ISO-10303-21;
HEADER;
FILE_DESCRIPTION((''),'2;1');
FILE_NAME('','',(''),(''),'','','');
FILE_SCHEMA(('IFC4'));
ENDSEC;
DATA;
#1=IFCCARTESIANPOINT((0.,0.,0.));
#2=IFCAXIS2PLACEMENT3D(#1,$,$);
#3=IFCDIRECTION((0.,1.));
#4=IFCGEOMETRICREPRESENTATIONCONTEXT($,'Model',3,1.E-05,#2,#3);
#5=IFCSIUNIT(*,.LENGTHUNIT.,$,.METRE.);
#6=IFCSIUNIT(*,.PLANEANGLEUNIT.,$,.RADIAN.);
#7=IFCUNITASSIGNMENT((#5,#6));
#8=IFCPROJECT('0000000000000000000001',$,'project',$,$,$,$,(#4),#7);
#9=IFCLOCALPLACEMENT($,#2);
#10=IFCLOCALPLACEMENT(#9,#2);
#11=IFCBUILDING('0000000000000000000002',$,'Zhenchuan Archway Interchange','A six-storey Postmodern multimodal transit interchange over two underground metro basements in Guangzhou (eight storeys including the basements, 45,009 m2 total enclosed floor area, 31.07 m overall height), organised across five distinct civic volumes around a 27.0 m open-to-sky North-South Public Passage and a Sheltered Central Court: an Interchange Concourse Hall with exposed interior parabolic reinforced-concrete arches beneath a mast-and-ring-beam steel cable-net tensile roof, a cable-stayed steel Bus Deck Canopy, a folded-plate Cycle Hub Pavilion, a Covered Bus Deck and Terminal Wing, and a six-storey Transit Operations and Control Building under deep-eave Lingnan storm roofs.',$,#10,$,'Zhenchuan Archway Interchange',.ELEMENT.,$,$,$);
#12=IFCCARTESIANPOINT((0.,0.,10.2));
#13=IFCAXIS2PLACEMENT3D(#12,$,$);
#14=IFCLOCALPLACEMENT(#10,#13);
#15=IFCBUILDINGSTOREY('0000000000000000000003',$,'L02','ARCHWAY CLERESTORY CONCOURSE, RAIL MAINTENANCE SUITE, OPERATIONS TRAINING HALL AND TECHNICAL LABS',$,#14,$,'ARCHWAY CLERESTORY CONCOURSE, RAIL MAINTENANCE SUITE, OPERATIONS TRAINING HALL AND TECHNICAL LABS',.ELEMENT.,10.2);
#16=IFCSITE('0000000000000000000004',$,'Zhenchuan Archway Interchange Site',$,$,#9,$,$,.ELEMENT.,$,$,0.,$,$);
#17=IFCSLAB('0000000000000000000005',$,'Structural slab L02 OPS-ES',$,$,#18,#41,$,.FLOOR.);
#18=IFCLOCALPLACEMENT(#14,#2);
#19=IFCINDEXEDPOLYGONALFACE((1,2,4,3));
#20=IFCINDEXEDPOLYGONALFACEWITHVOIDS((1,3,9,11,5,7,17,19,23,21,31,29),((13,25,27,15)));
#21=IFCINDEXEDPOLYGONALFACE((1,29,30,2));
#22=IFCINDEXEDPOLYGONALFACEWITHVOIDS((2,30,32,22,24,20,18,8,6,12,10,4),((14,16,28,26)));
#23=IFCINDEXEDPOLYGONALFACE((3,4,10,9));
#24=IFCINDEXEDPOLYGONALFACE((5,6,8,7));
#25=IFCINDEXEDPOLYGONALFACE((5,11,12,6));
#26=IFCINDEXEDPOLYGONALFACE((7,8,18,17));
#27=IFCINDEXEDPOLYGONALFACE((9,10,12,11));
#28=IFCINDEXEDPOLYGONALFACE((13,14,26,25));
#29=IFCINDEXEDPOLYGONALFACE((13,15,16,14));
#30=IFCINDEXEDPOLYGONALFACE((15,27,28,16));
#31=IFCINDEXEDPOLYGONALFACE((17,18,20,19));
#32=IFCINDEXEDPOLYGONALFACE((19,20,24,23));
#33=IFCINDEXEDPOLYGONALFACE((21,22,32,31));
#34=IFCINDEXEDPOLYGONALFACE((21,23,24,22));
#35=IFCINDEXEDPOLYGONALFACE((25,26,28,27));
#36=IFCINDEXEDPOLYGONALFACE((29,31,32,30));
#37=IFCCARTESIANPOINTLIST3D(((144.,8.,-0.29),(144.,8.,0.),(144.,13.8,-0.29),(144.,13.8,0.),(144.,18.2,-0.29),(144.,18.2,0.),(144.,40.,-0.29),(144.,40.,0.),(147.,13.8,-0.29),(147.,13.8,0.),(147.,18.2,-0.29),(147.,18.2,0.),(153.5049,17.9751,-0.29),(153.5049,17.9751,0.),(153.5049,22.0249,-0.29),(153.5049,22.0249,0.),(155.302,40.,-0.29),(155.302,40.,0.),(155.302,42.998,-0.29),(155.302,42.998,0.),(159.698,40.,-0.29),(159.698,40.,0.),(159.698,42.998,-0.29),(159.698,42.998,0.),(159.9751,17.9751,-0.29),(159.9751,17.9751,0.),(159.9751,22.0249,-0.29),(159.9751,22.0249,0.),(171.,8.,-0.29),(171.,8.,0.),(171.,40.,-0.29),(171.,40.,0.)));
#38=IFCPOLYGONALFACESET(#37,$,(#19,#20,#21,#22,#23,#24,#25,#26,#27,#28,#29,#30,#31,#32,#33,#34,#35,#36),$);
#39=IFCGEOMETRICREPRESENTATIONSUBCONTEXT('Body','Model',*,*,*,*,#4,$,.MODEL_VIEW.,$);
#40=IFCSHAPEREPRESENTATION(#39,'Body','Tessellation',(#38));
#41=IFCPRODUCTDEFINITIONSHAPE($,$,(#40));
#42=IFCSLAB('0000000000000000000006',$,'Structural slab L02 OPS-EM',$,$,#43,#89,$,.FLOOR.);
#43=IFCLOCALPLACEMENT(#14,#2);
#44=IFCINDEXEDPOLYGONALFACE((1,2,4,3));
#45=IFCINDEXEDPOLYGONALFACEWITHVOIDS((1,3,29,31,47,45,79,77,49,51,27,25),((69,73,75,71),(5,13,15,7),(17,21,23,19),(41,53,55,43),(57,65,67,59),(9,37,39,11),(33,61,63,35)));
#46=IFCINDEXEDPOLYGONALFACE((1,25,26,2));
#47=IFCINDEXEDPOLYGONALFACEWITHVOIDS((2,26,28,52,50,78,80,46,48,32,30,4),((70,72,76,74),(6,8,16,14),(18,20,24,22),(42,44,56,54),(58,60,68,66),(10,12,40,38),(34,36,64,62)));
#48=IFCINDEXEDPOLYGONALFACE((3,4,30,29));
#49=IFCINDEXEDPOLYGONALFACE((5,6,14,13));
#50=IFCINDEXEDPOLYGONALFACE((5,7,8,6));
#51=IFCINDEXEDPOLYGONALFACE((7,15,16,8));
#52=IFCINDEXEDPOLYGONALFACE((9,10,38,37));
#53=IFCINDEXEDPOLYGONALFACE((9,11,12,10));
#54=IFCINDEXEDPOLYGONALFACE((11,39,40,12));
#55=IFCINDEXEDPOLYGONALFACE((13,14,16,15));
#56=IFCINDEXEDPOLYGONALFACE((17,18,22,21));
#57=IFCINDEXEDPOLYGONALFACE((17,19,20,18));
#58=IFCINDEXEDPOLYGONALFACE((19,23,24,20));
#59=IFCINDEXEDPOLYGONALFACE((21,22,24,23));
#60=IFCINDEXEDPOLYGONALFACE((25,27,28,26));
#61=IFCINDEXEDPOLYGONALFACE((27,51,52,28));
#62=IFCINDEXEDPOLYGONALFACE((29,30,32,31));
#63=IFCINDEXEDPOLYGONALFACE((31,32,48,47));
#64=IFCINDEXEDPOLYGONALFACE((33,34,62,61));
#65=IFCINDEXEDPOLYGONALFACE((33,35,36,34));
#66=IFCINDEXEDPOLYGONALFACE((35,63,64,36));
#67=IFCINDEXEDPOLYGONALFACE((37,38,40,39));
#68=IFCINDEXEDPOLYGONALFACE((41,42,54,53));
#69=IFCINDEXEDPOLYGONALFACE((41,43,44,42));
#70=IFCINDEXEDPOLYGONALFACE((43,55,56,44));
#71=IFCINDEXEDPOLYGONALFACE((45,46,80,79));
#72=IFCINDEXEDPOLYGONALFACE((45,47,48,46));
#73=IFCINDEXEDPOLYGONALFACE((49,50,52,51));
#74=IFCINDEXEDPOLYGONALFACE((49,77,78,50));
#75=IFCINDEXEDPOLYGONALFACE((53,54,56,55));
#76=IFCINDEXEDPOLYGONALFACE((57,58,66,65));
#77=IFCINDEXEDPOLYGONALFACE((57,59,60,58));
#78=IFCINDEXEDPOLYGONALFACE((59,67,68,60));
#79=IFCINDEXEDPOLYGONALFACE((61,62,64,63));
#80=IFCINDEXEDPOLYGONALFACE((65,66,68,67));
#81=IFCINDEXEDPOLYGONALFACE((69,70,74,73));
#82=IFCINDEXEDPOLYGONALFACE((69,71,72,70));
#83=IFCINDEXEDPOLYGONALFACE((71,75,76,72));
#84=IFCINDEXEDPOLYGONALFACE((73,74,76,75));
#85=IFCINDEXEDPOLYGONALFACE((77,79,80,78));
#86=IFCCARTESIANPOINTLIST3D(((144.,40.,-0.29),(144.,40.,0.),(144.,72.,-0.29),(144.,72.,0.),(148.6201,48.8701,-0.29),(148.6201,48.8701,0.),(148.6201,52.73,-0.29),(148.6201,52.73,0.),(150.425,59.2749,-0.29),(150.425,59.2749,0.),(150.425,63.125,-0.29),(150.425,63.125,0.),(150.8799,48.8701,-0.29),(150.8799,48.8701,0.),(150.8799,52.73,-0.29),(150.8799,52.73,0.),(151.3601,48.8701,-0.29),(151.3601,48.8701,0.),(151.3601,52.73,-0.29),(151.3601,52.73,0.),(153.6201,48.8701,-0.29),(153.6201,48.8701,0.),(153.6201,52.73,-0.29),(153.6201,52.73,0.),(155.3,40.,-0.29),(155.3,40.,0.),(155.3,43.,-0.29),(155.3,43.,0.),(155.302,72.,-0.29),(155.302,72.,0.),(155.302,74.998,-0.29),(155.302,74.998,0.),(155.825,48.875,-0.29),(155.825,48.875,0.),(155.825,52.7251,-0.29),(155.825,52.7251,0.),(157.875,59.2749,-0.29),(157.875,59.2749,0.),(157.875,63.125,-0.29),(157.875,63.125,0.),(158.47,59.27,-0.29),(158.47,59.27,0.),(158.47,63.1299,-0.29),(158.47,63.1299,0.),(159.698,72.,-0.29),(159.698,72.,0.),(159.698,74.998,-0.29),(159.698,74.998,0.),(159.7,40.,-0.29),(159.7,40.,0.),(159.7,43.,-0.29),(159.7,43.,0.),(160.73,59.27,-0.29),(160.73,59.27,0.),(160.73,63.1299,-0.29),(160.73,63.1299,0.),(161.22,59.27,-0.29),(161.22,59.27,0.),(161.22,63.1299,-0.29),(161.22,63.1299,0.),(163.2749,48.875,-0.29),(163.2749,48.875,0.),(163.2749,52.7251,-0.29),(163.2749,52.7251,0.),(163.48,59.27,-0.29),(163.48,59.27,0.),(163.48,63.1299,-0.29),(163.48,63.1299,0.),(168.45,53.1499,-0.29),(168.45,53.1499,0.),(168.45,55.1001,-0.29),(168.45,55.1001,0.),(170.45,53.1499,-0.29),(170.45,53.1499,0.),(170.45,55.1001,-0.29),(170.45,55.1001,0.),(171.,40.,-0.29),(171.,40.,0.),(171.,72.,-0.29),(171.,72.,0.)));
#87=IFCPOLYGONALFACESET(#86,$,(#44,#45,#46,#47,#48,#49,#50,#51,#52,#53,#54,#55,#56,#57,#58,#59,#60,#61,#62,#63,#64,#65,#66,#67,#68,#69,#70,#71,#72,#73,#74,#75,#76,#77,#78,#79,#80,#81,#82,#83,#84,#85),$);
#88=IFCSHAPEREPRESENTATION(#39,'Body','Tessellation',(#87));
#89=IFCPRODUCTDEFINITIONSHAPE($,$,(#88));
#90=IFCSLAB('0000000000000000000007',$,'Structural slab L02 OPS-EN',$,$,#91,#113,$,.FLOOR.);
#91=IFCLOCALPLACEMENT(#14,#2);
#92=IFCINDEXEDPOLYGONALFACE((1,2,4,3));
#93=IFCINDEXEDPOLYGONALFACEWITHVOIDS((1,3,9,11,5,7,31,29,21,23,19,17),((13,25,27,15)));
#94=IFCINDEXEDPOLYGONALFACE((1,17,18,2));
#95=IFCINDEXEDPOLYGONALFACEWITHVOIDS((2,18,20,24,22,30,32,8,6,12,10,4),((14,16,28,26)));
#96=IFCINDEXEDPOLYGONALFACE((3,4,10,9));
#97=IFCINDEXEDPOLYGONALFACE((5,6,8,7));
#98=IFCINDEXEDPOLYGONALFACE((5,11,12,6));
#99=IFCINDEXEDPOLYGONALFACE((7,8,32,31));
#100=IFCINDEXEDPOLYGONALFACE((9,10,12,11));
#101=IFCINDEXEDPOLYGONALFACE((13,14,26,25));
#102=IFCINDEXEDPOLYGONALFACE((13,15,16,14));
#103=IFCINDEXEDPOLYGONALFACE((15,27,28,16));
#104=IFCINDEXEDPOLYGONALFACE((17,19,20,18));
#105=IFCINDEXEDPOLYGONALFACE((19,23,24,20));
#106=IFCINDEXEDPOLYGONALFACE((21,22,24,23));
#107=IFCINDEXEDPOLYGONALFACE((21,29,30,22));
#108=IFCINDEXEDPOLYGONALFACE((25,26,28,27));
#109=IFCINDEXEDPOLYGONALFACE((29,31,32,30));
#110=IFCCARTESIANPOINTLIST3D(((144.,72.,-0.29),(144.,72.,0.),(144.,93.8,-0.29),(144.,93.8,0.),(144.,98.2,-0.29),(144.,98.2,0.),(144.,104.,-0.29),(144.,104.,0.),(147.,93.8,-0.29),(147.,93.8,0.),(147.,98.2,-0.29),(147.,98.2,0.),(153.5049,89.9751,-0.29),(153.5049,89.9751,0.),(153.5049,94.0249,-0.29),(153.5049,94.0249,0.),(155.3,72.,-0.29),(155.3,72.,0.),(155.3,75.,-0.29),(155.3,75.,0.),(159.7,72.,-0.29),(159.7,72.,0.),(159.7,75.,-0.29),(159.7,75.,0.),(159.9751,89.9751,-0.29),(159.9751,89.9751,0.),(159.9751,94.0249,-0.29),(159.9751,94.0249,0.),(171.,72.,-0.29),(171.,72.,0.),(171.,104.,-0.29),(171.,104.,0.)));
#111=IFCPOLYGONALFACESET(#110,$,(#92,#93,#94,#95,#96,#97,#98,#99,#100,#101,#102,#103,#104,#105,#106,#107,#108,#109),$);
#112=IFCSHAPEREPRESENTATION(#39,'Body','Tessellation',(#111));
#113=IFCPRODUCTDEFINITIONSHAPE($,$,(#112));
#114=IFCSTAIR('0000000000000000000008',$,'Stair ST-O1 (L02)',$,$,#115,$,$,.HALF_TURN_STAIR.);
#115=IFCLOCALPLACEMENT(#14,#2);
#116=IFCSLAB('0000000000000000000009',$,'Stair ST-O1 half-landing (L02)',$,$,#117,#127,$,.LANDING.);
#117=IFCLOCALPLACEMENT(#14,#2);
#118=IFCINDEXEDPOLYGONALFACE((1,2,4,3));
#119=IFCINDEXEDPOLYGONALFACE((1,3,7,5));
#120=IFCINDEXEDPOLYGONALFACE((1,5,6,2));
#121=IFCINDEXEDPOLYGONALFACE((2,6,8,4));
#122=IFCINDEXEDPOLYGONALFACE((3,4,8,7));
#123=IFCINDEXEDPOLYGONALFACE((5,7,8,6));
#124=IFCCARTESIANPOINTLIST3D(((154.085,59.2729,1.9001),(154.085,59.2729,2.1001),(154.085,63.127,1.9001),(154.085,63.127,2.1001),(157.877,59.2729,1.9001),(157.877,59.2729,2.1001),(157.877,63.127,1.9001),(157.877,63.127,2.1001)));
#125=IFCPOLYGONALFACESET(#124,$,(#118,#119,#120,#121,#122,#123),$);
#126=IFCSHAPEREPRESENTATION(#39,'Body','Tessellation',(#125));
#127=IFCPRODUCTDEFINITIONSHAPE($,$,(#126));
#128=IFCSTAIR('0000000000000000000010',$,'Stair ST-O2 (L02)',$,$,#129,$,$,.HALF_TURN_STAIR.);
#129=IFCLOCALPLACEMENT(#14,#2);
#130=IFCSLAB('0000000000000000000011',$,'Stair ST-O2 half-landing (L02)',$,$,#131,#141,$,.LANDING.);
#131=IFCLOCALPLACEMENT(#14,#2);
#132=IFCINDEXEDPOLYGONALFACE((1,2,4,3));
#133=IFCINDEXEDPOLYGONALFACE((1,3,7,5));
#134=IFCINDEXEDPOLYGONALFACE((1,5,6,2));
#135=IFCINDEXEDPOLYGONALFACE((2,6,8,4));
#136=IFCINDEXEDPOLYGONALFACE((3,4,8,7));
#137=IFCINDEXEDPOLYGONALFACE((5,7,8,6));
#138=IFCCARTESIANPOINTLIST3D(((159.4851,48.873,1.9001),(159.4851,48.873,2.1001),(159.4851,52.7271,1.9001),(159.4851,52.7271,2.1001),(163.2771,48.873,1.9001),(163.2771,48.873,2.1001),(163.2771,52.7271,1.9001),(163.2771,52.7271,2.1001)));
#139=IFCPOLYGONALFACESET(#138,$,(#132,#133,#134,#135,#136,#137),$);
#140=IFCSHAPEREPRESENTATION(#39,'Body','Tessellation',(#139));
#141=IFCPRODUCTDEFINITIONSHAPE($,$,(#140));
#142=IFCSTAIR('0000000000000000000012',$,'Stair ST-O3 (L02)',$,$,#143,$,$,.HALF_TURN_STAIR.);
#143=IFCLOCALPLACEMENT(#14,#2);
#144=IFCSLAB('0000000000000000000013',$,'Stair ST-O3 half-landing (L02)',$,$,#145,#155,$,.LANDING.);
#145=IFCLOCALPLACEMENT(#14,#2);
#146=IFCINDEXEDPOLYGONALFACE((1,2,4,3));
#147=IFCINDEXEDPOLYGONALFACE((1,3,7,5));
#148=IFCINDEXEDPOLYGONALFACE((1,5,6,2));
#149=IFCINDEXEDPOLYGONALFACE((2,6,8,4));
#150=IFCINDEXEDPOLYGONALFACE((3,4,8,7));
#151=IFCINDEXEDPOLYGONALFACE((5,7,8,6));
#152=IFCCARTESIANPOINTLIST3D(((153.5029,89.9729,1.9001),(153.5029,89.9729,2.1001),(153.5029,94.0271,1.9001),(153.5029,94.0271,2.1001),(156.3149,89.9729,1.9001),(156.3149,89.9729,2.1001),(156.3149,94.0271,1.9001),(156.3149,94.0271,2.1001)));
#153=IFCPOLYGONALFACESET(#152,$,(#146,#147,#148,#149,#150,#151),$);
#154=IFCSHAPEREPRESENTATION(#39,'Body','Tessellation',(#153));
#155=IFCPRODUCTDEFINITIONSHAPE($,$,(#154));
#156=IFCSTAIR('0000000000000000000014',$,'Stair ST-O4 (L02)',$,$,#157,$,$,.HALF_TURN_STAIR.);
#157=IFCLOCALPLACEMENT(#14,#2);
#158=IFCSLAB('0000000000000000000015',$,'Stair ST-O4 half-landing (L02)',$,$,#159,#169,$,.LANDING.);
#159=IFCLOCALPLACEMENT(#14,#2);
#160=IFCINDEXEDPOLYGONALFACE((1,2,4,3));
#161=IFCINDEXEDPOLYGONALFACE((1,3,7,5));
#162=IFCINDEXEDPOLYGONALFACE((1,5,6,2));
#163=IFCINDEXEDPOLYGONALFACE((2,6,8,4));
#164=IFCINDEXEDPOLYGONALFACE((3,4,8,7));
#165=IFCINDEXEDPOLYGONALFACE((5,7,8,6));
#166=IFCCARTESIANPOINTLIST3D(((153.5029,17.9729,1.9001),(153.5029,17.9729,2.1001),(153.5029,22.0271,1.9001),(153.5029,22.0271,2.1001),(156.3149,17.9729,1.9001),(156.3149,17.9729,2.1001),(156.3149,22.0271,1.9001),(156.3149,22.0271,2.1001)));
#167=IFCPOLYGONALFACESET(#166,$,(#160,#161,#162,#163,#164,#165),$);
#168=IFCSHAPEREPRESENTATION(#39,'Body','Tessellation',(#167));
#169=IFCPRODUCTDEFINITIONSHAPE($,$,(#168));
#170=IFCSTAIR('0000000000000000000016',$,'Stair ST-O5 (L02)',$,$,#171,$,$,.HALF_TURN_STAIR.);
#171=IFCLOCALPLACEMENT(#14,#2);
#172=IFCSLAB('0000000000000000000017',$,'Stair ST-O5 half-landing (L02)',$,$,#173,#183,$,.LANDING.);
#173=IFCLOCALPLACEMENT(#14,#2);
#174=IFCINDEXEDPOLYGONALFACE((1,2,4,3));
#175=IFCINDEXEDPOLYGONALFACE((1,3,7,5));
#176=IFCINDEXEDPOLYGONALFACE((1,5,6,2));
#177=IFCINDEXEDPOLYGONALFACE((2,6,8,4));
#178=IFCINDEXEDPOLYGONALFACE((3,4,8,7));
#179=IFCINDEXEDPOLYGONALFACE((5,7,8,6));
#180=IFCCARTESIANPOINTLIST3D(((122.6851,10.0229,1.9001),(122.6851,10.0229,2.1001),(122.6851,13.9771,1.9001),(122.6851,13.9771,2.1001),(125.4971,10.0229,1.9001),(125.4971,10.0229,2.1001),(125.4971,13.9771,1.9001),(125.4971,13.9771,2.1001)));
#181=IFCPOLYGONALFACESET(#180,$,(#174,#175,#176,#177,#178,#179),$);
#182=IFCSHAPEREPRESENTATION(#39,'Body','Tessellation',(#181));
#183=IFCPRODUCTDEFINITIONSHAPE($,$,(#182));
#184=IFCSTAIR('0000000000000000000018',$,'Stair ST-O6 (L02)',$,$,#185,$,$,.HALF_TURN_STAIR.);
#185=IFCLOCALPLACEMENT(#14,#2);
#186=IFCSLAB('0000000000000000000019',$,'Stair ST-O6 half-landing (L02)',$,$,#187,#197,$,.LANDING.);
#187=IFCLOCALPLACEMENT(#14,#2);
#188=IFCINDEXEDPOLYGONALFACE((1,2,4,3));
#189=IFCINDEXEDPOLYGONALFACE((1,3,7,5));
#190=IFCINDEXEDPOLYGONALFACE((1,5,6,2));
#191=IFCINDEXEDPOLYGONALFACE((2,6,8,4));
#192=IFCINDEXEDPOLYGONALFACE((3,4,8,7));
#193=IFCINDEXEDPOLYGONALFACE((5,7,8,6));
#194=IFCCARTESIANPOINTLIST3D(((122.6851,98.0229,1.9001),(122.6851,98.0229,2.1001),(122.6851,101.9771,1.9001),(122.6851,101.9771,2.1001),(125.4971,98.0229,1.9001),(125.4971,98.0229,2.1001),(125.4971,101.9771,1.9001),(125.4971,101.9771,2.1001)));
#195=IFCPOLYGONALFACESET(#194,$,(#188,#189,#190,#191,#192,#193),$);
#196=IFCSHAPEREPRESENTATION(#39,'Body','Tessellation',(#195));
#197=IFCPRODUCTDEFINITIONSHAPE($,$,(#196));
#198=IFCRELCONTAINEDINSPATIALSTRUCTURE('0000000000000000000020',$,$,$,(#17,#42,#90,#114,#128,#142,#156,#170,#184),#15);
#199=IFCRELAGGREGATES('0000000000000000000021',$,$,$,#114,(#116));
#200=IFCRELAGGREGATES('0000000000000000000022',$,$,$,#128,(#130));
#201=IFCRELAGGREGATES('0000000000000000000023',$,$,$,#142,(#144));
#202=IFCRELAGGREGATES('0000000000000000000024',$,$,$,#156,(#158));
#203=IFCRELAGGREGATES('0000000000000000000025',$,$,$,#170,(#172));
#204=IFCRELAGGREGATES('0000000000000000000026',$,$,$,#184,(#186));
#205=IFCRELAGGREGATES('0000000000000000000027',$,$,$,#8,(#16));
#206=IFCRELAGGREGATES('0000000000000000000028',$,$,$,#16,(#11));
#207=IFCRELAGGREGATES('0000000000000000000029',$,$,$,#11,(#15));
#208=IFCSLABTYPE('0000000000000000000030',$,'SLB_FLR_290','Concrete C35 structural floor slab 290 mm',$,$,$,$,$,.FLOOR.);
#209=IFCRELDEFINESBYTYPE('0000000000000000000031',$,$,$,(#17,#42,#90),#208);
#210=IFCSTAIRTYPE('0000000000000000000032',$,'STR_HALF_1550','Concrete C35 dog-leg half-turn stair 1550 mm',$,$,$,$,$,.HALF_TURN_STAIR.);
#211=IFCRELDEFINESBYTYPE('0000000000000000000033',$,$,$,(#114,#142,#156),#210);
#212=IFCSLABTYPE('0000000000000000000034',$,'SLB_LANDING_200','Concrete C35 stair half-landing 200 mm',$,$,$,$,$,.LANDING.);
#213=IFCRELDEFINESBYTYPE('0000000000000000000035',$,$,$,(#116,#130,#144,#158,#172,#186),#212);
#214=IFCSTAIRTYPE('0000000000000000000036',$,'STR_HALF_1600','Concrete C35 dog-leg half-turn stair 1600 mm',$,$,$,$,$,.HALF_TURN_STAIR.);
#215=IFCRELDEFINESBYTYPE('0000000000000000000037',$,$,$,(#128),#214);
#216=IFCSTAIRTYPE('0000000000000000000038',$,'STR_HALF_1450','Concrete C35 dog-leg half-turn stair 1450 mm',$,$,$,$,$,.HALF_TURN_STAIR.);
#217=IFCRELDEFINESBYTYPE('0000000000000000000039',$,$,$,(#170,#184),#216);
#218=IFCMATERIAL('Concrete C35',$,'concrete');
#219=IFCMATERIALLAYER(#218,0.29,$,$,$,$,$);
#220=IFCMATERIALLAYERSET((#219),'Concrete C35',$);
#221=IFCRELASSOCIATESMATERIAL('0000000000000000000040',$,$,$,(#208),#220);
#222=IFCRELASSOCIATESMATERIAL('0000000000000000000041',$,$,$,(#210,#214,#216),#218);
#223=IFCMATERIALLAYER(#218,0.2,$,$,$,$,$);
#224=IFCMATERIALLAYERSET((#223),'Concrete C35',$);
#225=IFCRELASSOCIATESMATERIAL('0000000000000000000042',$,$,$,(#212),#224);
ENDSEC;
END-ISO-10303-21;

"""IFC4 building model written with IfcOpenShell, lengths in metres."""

from ifc_helpers import new_model, si_unit, direction, frame, origin, place, context, subcontext, project, spatial, polyline, outline, extrude, material, layer, layer_set, type_object, element, aggregate, save


model = new_model("IFC4")

# Units and contexts
model_context = context("Model", 3, precision=1e-05, world=origin(), true_north=direction((0.0, 1.0)))
body_context = subcontext(model_context, "Body", "Model", "MODEL_VIEW")
ifc_project = project(units=[si_unit("LENGTHUNIT", "METRE"), si_unit("PLANEANGLEUNIT", "RADIAN")], contexts=[model_context])

# Site, building, storey
site_placement = place(None, origin())
site = spatial("IfcSite", under=ifc_project, at=site_placement, Name="Zhenchuan Archway Interchange Site", CompositionType="ELEMENT", RefElevation=0.0)
building_placement = place(site_placement, origin())
building = spatial("IfcBuilding", under=site, at=building_placement, Name="Zhenchuan Archway Interchange", Description="A six-storey Postmodern multimodal transit interchange over two underground metro basements in Guangzhou (eight storeys including the basements, 45,009 m2 total enclosed floor area, 31.07 m overall height), organised across five distinct civic volumes around a 27.0 m open-to-sky North-South Public Passage and a Sheltered Central Court: an Interchange Concourse Hall with exposed interior parabolic reinforced-concrete arches beneath a mast-and-ring-beam steel cable-net tensile roof, a cable-stayed steel Bus Deck Canopy, a folded-plate Cycle Hub Pavilion, a Covered Bus Deck and Terminal Wing, and a six-storey Transit Operations and Control Building under deep-eave Lingnan storm roofs.", LongName="Zhenchuan Archway Interchange", CompositionType="ELEMENT")
storey_placement = place(building_placement, frame((0.0, 0.0, 10.2)))
storey = spatial("IfcBuildingStorey", under=building, at=storey_placement, Name="L02", Description="ARCHWAY CLERESTORY CONCOURSE, RAIL MAINTENANCE SUITE, OPERATIONS TRAINING HALL AND TECHNICAL LABS", LongName="ARCHWAY CLERESTORY CONCOURSE, RAIL MAINTENANCE SUITE, OPERATIONS TRAINING HALL AND TECHNICAL LABS", CompositionType="ELEMENT", Elevation=10.2)

# Slabs
ifc_material_1 = material(Name="Concrete C35", Category="concrete")
ifc_layer_1 = layer(ifc_material_1, 0.29)
ifc_layer_set_1 = layer_set([ifc_layer_1], Name="Concrete C35")
slab_type_1 = type_object("IfcSlabType", Name="SLB_FLR_290", Description="Concrete C35 structural floor slab 290 mm", PredefinedType="FLOOR", material=ifc_layer_set_1)
slab_1_placement = place(storey_placement, frame((0.0, 0.0, -0.29)))
element("IfcSlab", 1, at=slab_1_placement, inside=storey, type_object=slab_type_1, Name="Structural slab L02 OPS-ES", PredefinedType="FLOOR", context=body_context, shape_type="SweptSolid", body=[
    extrude(outline(polyline([(155.302, 42.998), (159.698, 42.998), (159.698, 40.0), (171.0, 40.0), (171.0, 8.0), (144.0, 8.0), (144.0, 13.8), (147.0, 13.8), (147.0, 18.2), (144.0, 18.2), (144.0, 40.0), (155.302, 40.0), (155.302, 42.998)]), holes=[polyline([(159.9751, 17.9751), (159.9751, 22.0249), (153.5049, 22.0249), (153.5049, 17.9751), (159.9751, 17.9751)])]), origin(), (0.0, 0.0, 1.0), 0.29),
])
slab_2_placement = place(storey_placement, frame((0.0, 0.0, -0.29)))
element("IfcSlab", 2, at=slab_2_placement, inside=storey, type_object=slab_type_1, Name="Structural slab L02 OPS-EM", PredefinedType="FLOOR", context=body_context, shape_type="SweptSolid", body=[
    extrude(outline(polyline([(159.7, 40.0), (159.7, 43.0), (155.3, 43.0), (155.3, 40.0), (144.0, 40.0), (144.0, 72.0), (155.302, 72.0), (155.302, 74.998), (159.698, 74.998), (159.698, 72.0), (171.0, 72.0), (171.0, 40.0), (159.7, 40.0)]), holes=[polyline([(150.425, 63.125), (150.425, 59.2749), (157.875, 59.2749), (157.875, 63.125), (150.425, 63.125)]), polyline([(163.2749, 52.7251), (155.825, 52.7251), (155.825, 48.875), (163.2749, 48.875), (163.2749, 52.7251)]), polyline([(160.73, 59.27), (160.73, 63.1299), (158.47, 63.1299), (158.47, 59.27), (160.73, 59.27)]), polyline([(161.22, 59.27), (163.48, 59.27), (163.48, 63.1299), (161.22, 63.1299), (161.22, 59.27)]), polyline([(148.6201, 52.73), (148.6201, 48.8701), (150.8799, 48.8701), (150.8799, 52.73), (148.6201, 52.73)]), polyline([(153.6201, 52.73), (151.3601, 52.73), (151.3601, 48.8701), (153.6201, 48.8701), (153.6201, 52.73)]), polyline([(170.45, 53.1499), (170.45, 55.1001), (168.45, 55.1001), (168.45, 53.1499), (170.45, 53.1499)])]), origin(), (0.0, 0.0, 1.0), 0.29),
])
slab_3_placement = place(storey_placement, frame((0.0, 0.0, -0.29)))
element("IfcSlab", 3, at=slab_3_placement, inside=storey, type_object=slab_type_1, Name="Structural slab L02 OPS-EN", PredefinedType="FLOOR", context=body_context, shape_type="SweptSolid", body=[
    extrude(outline(polyline([(171.0, 72.0), (159.7, 72.0), (159.7, 75.0), (155.3, 75.0), (155.3, 72.0), (144.0, 72.0), (144.0, 93.8), (147.0, 93.8), (147.0, 98.2), (144.0, 98.2), (144.0, 104.0), (171.0, 104.0), (171.0, 72.0)]), holes=[polyline([(159.9751, 89.9751), (159.9751, 94.0249), (153.5049, 94.0249), (153.5049, 89.9751), (159.9751, 89.9751)])]), origin(), (0.0, 0.0, 1.0), 0.29),
])

# Stairs, slabs
stair_type_1 = type_object("IfcStairType", Name="STR_HALF_1550", Description="Concrete C35 dog-leg half-turn stair 1550 mm", PredefinedType="HALF_TURN_STAIR", material=ifc_material_1)
stair_1_placement = place(storey_placement, origin())
stair_1 = element("IfcStair", 4, at=stair_1_placement, inside=storey, type_object=stair_type_1, Name="Stair ST-O1 (L02)", PredefinedType="HALF_TURN_STAIR")
ifc_layer_2 = layer(ifc_material_1, 0.2)
ifc_layer_set_2 = layer_set([ifc_layer_2], Name="Concrete C35")
slab_type_2 = type_object("IfcSlabType", Name="SLB_LANDING_200", Description="Concrete C35 stair half-landing 200 mm", PredefinedType="LANDING", material=ifc_layer_set_2)
slab_4_placement = place(storey_placement, frame((0.0, 0.0, 1.9001)))
slab_4 = element("IfcSlab", 5, at=slab_4_placement, type_object=slab_type_2, Name="Stair ST-O1 half-landing (L02)", PredefinedType="LANDING", context=body_context, shape_type="SweptSolid", body=[
    extrude(outline(polyline([(154.085, 59.2729), (157.877, 59.2729), (157.877, 63.127), (154.085, 63.127), (154.085, 59.2729)])), origin(), (0.0, 0.0, 1.0), 0.2),
])
aggregate(stair_1, [slab_4])
stair_type_2 = type_object("IfcStairType", Name="STR_HALF_1600", Description="Concrete C35 dog-leg half-turn stair 1600 mm", PredefinedType="HALF_TURN_STAIR", material=ifc_material_1)
stair_2_placement = place(storey_placement, origin())
stair_2 = element("IfcStair", 6, at=stair_2_placement, inside=storey, type_object=stair_type_2, Name="Stair ST-O2 (L02)", PredefinedType="HALF_TURN_STAIR")
slab_5_placement = place(storey_placement, frame((0.0, 0.0, 1.9001)))
slab_5 = element("IfcSlab", 7, at=slab_5_placement, type_object=slab_type_2, Name="Stair ST-O2 half-landing (L02)", PredefinedType="LANDING", context=body_context, shape_type="SweptSolid", body=[
    extrude(outline(polyline([(159.4851, 48.873), (163.2771, 48.873), (163.2771, 52.7271), (159.4851, 52.7271), (159.4851, 48.873)])), origin(), (0.0, 0.0, 1.0), 0.2),
])
aggregate(stair_2, [slab_5])
stair_3_placement = place(storey_placement, origin())
stair_3 = element("IfcStair", 8, at=stair_3_placement, inside=storey, type_object=stair_type_1, Name="Stair ST-O3 (L02)", PredefinedType="HALF_TURN_STAIR")
slab_6_placement = place(storey_placement, frame((0.0, 0.0, 1.9001)))
slab_6 = element("IfcSlab", 9, at=slab_6_placement, type_object=slab_type_2, Name="Stair ST-O3 half-landing (L02)", PredefinedType="LANDING", context=body_context, shape_type="SweptSolid", body=[
    extrude(outline(polyline([(153.5029, 89.9729), (156.3149, 89.9729), (156.3149, 94.0271), (153.5029, 94.0271), (153.5029, 89.9729)])), origin(), (0.0, 0.0, 1.0), 0.2),
])
aggregate(stair_3, [slab_6])
stair_4_placement = place(storey_placement, origin())
stair_4 = element("IfcStair", 10, at=stair_4_placement, inside=storey, type_object=stair_type_1, Name="Stair ST-O4 (L02)", PredefinedType="HALF_TURN_STAIR")
slab_7_placement = place(storey_placement, frame((0.0, 0.0, 1.9001)))
slab_7 = element("IfcSlab", 11, at=slab_7_placement, type_object=slab_type_2, Name="Stair ST-O4 half-landing (L02)", PredefinedType="LANDING", context=body_context, shape_type="SweptSolid", body=[
    extrude(outline(polyline([(153.5029, 17.9729), (156.3149, 17.9729), (156.3149, 22.0271), (153.5029, 22.0271), (153.5029, 17.9729)])), origin(), (0.0, 0.0, 1.0), 0.2),
])
aggregate(stair_4, [slab_7])
stair_type_3 = type_object("IfcStairType", Name="STR_HALF_1450", Description="Concrete C35 dog-leg half-turn stair 1450 mm", PredefinedType="HALF_TURN_STAIR", material=ifc_material_1)
stair_5_placement = place(storey_placement, origin())
stair_5 = element("IfcStair", 12, at=stair_5_placement, inside=storey, type_object=stair_type_3, Name="Stair ST-O5 (L02)", PredefinedType="HALF_TURN_STAIR")
slab_8_placement = place(storey_placement, frame((0.0, 0.0, 1.9001)))
slab_8 = element("IfcSlab", 13, at=slab_8_placement, type_object=slab_type_2, Name="Stair ST-O5 half-landing (L02)", PredefinedType="LANDING", context=body_context, shape_type="SweptSolid", body=[
    extrude(outline(polyline([(122.6851, 10.0229), (125.4971, 10.0229), (125.4971, 13.9771), (122.6851, 13.9771), (122.6851, 10.0229)])), origin(), (0.0, 0.0, 1.0), 0.2),
])
aggregate(stair_5, [slab_8])
stair_6_placement = place(storey_placement, origin())
stair_6 = element("IfcStair", 14, at=stair_6_placement, inside=storey, type_object=stair_type_3, Name="Stair ST-O6 (L02)", PredefinedType="HALF_TURN_STAIR")
slab_9_placement = place(storey_placement, frame((0.0, 0.0, 1.9001)))
slab_9 = element("IfcSlab", 15, at=slab_9_placement, type_object=slab_type_2, Name="Stair ST-O6 half-landing (L02)", PredefinedType="LANDING", context=body_context, shape_type="SweptSolid", body=[
    extrude(outline(polyline([(122.6851, 98.0229), (125.4971, 98.0229), (125.4971, 101.9771), (122.6851, 101.9771), (122.6851, 98.0229)])), origin(), (0.0, 0.0, 1.0), 0.2),
])
aggregate(stair_6, [slab_9])

save(model, "model.ifc")
